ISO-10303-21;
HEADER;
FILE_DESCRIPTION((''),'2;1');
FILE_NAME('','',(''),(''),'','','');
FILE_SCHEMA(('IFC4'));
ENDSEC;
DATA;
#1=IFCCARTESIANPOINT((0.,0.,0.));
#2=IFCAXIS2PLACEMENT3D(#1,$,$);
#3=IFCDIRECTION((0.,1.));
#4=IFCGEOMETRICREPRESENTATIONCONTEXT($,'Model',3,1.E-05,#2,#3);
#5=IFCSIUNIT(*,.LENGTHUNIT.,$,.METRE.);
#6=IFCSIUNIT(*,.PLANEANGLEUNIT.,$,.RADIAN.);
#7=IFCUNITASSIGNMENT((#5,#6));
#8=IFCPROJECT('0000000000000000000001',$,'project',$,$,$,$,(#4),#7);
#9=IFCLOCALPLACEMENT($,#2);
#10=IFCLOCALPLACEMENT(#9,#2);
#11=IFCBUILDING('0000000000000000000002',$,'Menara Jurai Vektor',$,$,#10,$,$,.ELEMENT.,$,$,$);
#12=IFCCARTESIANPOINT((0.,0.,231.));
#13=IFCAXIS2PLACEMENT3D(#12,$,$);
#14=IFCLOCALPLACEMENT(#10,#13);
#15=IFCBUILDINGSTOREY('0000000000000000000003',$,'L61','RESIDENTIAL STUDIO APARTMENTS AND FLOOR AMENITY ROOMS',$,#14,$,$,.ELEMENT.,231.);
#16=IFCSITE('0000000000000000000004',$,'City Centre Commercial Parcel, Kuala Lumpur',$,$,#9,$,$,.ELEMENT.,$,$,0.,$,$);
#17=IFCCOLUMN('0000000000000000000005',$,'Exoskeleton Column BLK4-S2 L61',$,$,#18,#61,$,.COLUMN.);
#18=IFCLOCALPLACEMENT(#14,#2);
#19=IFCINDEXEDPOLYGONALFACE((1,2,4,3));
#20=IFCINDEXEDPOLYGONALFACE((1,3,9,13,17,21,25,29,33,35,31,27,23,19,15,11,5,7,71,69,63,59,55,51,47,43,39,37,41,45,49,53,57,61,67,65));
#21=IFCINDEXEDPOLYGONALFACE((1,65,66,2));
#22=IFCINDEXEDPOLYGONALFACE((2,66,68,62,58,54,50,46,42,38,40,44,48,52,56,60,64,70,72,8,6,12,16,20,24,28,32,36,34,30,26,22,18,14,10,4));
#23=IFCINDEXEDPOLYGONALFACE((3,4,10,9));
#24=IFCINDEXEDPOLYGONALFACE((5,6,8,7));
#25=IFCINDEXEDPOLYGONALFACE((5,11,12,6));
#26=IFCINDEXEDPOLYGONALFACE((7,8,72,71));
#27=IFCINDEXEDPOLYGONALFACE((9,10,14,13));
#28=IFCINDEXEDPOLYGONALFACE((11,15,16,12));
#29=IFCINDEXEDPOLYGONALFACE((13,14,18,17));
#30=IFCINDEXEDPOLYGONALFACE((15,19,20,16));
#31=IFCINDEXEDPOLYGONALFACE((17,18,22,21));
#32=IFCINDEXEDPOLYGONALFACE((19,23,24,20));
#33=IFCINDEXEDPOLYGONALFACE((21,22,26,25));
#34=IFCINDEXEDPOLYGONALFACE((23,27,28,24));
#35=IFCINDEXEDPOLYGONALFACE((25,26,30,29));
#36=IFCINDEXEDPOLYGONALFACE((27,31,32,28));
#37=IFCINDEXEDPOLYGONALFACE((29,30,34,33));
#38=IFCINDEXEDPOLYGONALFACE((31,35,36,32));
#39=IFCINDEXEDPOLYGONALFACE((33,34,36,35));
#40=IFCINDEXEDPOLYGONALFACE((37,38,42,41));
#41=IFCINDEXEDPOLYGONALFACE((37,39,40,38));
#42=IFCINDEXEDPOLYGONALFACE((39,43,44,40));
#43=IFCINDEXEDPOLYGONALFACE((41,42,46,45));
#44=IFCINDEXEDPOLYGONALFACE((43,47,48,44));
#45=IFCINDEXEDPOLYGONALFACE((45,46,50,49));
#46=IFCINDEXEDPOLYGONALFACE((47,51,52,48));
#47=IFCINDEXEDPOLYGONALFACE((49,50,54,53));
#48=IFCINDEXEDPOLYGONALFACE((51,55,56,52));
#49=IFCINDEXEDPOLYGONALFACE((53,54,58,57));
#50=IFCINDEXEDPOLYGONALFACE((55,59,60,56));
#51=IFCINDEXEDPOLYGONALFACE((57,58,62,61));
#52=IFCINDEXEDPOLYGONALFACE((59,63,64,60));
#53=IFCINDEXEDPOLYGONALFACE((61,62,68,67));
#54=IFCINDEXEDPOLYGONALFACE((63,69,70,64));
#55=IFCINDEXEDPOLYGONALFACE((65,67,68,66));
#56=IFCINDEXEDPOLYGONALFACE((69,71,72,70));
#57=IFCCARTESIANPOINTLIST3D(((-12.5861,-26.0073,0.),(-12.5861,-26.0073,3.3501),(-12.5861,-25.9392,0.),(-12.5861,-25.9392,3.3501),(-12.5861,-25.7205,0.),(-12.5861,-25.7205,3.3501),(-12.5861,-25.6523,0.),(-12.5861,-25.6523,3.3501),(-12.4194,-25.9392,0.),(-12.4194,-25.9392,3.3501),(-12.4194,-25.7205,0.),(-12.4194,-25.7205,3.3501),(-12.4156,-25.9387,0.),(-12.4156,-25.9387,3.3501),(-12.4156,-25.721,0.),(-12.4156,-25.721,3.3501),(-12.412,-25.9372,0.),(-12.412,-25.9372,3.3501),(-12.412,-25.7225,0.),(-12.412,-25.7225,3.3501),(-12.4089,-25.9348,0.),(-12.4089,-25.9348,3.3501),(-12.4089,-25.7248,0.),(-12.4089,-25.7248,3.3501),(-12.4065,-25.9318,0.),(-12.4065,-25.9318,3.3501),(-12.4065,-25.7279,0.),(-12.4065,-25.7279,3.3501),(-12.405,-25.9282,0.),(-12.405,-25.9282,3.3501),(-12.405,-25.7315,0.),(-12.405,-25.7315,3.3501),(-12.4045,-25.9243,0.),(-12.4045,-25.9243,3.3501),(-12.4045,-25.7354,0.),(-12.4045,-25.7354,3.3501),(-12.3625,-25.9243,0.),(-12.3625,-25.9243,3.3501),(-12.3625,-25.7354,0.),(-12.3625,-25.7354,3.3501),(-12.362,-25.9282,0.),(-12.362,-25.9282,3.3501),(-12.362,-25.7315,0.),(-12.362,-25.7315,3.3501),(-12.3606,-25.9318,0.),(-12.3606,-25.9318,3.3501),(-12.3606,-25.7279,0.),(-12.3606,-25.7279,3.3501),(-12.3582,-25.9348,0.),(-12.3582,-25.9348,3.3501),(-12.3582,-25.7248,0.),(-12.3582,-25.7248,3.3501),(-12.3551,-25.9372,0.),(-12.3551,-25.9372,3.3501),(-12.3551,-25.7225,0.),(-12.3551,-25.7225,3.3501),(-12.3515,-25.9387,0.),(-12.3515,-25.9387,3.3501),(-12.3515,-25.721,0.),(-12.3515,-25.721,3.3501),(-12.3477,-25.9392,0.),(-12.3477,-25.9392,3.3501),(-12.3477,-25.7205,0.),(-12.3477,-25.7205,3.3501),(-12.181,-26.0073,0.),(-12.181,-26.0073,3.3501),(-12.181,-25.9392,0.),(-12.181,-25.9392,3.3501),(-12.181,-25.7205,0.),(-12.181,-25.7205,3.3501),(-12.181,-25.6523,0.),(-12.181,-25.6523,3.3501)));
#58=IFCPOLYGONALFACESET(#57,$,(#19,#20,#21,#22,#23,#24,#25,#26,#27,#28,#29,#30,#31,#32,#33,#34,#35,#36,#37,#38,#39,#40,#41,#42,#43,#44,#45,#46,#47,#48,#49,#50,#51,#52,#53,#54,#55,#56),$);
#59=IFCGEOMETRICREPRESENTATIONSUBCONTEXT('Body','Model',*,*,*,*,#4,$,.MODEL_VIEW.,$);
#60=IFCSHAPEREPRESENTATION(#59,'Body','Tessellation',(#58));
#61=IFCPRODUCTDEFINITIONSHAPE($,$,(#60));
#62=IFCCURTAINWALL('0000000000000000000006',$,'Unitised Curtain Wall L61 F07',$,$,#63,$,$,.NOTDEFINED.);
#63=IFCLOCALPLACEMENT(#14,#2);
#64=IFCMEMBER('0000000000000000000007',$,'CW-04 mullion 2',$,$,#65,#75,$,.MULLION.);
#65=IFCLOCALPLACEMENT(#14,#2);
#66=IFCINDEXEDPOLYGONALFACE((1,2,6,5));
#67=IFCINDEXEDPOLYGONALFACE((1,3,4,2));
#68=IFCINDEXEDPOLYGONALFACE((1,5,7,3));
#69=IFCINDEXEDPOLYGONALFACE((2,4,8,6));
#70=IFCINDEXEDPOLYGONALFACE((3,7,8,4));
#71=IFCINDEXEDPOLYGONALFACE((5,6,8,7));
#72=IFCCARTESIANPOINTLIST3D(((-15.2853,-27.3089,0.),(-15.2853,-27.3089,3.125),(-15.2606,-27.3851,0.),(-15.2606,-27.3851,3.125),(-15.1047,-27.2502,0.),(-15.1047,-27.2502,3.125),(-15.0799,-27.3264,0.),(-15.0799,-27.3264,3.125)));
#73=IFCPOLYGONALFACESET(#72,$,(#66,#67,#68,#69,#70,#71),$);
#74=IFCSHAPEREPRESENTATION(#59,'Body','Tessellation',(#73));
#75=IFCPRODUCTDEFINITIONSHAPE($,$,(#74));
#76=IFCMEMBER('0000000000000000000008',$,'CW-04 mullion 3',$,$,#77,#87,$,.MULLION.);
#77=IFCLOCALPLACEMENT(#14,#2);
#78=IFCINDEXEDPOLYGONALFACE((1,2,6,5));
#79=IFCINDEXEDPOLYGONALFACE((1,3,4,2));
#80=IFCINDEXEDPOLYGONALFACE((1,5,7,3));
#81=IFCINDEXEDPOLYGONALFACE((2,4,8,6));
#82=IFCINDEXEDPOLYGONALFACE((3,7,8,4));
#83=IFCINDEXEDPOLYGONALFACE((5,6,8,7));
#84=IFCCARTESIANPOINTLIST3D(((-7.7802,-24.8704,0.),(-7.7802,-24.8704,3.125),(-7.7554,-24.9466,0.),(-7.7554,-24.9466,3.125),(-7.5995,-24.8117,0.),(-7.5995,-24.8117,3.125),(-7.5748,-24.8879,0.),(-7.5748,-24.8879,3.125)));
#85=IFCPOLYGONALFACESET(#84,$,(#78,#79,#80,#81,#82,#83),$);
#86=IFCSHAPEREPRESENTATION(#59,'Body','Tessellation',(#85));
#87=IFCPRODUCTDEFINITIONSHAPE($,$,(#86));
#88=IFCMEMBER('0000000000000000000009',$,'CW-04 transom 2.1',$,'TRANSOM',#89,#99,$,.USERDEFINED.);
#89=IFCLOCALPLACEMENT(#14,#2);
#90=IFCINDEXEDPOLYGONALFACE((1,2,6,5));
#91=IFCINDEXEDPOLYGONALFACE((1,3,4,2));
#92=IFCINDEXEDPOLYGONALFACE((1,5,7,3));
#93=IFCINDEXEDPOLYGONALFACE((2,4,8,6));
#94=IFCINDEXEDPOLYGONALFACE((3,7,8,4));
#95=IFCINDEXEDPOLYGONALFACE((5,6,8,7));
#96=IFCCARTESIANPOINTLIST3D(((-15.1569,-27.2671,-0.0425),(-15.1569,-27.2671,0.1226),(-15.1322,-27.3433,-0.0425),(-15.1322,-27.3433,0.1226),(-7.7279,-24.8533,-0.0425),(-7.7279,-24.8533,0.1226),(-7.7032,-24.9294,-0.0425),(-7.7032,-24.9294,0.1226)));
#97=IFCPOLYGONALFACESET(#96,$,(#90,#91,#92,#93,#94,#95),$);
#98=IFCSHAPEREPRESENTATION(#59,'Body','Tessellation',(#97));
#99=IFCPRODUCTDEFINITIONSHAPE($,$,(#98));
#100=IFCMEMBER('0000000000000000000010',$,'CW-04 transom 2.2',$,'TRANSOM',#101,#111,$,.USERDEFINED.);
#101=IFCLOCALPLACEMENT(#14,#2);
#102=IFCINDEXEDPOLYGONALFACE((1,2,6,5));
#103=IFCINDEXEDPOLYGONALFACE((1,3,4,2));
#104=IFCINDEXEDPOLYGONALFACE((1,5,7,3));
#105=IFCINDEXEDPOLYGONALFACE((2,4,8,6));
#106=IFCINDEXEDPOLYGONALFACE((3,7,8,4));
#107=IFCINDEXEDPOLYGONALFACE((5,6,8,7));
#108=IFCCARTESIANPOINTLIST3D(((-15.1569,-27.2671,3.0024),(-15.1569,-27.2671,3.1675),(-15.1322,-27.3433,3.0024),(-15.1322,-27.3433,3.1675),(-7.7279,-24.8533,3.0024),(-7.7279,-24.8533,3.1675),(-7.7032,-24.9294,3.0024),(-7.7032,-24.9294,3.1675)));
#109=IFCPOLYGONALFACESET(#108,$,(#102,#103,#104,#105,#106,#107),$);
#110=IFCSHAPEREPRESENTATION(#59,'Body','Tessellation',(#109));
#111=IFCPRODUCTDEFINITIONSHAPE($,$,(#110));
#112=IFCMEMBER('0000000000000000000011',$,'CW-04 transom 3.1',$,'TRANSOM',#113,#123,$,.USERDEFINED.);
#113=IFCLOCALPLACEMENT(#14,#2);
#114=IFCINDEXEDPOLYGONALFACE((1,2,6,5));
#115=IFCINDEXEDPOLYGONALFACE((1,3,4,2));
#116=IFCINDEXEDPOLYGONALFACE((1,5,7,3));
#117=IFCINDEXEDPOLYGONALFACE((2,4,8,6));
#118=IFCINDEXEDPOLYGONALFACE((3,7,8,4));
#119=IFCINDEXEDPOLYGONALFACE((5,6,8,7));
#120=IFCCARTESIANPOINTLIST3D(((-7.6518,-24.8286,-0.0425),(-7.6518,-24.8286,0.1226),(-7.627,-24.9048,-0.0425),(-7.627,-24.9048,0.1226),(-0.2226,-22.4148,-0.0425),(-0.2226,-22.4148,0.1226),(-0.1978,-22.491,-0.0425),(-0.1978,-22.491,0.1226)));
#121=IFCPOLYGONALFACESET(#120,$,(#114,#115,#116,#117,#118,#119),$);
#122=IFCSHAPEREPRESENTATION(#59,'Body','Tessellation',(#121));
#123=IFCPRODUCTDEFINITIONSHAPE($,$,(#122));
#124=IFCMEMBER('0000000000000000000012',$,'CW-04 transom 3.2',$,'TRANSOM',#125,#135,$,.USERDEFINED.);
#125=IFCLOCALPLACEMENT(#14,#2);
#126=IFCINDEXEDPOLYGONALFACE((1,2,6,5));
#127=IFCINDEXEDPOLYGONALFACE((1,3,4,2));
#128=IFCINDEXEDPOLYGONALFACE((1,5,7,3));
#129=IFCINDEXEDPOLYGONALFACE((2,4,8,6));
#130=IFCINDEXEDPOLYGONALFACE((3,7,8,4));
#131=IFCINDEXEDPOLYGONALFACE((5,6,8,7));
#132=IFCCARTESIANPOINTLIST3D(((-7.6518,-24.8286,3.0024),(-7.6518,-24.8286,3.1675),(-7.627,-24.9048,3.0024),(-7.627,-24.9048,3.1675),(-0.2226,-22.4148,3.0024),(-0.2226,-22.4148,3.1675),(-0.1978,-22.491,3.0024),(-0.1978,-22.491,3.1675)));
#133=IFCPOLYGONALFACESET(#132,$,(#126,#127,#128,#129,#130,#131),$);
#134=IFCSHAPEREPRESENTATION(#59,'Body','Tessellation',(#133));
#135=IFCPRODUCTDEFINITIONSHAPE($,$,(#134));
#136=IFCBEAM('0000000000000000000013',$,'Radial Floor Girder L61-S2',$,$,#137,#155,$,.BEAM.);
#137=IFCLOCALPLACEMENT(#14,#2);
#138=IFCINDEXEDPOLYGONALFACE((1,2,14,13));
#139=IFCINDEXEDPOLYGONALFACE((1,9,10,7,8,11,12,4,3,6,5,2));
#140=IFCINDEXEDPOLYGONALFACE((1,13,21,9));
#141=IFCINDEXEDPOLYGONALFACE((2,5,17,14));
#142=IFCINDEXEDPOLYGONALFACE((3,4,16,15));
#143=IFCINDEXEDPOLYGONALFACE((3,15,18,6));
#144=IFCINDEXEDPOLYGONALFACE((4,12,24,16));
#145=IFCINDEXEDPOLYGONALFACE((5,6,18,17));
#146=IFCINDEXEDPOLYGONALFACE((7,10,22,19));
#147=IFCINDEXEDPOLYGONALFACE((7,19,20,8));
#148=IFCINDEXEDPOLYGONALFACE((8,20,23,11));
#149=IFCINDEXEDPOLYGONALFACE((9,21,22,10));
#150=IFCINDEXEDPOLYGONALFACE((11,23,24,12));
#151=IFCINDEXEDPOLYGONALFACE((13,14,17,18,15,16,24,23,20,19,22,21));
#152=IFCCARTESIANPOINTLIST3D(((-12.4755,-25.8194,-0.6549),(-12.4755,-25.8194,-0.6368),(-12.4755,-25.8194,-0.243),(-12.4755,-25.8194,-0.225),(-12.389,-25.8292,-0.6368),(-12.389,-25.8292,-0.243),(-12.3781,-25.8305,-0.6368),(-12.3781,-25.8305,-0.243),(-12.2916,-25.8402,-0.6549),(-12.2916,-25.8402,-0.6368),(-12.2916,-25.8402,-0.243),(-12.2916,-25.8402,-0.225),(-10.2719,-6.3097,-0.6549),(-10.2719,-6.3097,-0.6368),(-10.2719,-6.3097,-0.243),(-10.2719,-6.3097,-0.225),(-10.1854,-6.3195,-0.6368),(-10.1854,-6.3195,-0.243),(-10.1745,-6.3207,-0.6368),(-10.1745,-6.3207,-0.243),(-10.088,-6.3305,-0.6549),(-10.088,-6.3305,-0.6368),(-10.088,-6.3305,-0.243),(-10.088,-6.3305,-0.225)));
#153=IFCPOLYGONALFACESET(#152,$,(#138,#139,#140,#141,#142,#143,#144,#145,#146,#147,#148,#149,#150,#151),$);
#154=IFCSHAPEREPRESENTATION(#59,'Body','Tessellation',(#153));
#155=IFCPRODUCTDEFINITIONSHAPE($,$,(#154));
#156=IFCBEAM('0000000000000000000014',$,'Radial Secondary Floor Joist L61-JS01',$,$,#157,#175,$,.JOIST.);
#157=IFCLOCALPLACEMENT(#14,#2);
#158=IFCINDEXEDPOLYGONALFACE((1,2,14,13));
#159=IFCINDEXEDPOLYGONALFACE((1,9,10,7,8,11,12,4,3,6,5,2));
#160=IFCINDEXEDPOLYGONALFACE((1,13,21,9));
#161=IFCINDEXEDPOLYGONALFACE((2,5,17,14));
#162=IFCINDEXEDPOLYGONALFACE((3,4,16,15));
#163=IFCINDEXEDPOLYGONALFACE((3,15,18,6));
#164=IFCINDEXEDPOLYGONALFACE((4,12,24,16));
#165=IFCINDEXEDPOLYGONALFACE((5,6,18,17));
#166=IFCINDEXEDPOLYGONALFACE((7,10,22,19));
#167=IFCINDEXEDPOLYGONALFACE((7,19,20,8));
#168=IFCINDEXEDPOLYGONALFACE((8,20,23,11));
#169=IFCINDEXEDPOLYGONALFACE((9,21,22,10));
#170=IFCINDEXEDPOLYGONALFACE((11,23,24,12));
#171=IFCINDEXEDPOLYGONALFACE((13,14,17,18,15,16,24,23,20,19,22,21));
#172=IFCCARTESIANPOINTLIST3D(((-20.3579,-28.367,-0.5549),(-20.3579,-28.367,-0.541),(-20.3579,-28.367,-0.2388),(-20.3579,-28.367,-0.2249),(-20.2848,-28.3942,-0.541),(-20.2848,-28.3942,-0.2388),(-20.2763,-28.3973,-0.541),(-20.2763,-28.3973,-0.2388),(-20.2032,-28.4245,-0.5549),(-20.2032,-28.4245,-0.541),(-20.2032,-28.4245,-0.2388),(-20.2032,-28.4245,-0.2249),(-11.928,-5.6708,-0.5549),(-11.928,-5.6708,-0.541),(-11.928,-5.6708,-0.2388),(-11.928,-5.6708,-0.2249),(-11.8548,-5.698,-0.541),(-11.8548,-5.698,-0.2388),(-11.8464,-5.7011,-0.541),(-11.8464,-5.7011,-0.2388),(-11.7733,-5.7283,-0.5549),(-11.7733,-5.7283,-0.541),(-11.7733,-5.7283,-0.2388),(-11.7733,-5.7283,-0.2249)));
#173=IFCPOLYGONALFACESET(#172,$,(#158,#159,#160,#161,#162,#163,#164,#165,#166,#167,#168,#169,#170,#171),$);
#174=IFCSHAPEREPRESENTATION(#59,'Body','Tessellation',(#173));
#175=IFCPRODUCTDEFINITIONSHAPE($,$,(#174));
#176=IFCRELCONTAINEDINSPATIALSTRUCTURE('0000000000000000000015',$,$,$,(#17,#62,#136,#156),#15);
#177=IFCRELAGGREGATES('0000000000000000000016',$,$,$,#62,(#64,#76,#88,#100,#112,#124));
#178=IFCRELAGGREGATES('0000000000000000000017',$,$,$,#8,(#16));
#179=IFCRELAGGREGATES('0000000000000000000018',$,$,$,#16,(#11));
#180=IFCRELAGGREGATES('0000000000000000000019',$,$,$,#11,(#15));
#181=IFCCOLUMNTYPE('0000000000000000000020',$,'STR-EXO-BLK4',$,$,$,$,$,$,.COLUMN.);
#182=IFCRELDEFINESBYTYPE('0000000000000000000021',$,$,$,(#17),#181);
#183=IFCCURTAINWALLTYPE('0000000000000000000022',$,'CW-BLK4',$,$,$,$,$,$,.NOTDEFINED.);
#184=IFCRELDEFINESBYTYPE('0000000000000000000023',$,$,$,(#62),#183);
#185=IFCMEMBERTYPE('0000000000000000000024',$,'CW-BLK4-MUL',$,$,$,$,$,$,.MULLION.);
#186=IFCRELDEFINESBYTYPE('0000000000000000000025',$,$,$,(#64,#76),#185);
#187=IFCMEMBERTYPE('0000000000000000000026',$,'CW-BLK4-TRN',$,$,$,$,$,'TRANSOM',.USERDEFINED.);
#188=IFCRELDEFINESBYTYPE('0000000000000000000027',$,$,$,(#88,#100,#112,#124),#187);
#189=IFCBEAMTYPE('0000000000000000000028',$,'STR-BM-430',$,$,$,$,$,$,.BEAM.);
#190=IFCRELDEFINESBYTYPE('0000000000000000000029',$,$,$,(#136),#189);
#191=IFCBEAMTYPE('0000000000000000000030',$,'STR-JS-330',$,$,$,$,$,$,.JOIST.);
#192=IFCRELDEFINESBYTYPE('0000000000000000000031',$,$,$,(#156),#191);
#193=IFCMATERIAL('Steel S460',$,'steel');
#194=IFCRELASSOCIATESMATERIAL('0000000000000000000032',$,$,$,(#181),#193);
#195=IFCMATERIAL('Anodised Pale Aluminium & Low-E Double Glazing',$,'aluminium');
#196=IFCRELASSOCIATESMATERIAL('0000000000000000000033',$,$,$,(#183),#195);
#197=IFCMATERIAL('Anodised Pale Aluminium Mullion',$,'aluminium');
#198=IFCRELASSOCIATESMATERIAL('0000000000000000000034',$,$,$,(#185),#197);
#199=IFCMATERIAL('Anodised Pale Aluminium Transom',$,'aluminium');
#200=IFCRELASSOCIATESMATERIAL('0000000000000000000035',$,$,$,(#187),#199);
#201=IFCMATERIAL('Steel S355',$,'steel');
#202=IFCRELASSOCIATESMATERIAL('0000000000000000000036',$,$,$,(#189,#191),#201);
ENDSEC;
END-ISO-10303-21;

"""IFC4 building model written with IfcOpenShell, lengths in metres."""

from ifc_helpers import new_model, si_unit, direction, frame, origin, origin_2d, place, context, subcontext, project, spatial, rectangle, i_section, extrude, material, material_profile, profile_set, type_object, element, aggregate, save


model = new_model("IFC4")

# Units and contexts
model_context = context("Model", 3, precision=1e-05, world=origin(), true_north=direction((0.0, 1.0)))
body_context = subcontext(model_context, "Body", "Model", "MODEL_VIEW")
ifc_project = project(units=[si_unit("LENGTHUNIT", "METRE"), si_unit("PLANEANGLEUNIT", "RADIAN")], contexts=[model_context])

# Site, building, storey
site_placement = place(None, origin())
site = spatial("IfcSite", under=ifc_project, at=site_placement, Name="City Centre Commercial Parcel, Kuala Lumpur", CompositionType="ELEMENT", RefElevation=0.0)
building_placement = place(site_placement, origin())
building = spatial("IfcBuilding", under=site, at=building_placement, Name="Menara Jurai Vektor", CompositionType="ELEMENT")
storey_placement = place(building_placement, frame((0.0, 0.0, 231.0)))
storey = spatial("IfcBuildingStorey", under=building, at=storey_placement, Name="L61", Description="RESIDENTIAL STUDIO APARTMENTS AND FLOOR AMENITY ROOMS", CompositionType="ELEMENT", Elevation=231.0)

# Column
ifc_material_1 = material(Name="Steel S460", Category="steel")
ifc_material_profile_1 = material_profile(ifc_material_1, i_section(OverallWidth=0.405, OverallDepth=0.355, WebThickness=0.042, FlangeThickness=0.0681, FilletRadius=0.0149, at=origin_2d()), Name="HD 400x551")
ifc_profile_set_1 = profile_set([ifc_material_profile_1], Name="Steel S460")
column_type = type_object("IfcColumnType", Name="STR-EXO-BLK4", PredefinedType="COLUMN", material=ifc_profile_set_1)
column_placement = place(storey_placement, frame((-12.3835, -25.8298, 0.0), z_axis=(0.0, 0.0, 1.0), x_axis=(1.0, 0.0, 0.0)))
element("IfcColumn", 1, at=column_placement, inside=storey, type_object=column_type, Name="Exoskeleton Column BLK4-S2 L61", PredefinedType="COLUMN", context=body_context, shape_type="SweptSolid", body=[
    extrude(i_section(OverallWidth=0.405, OverallDepth=0.355, WebThickness=0.042, FlangeThickness=0.0681, FilletRadius=0.0149, at=origin_2d()), origin(), (0.0, 0.0, 1.0), 3.3501),
])

# Curtain wall, members
ifc_material_2 = material(Name="Anodised Pale Aluminium & Low-E Double Glazing", Category="aluminium")
curtain_wall_type = type_object("IfcCurtainWallType", Name="CW-BLK4", PredefinedType="NOTDEFINED", material=ifc_material_2)
curtain_wall_placement = place(storey_placement, origin())
curtain_wall = element("IfcCurtainWall", 2, at=curtain_wall_placement, inside=storey, type_object=curtain_wall_type, Name="Unitised Curtain Wall L61 F07", PredefinedType="NOTDEFINED")
ifc_material_3 = material(Name="Anodised Pale Aluminium Mullion", Category="aluminium")
ifc_material_profile_2 = material_profile(ifc_material_3, rectangle(XDim=0.0801, YDim=0.1899, at=origin_2d()), Name="ALU MUL 80x190")
ifc_profile_set_2 = profile_set([ifc_material_profile_2], Name="Anodised Pale Aluminium Mullion")
member_type_1 = type_object("IfcMemberType", Name="CW-BLK4-MUL", PredefinedType="MULLION", material=ifc_profile_set_2)
member_1_placement = place(storey_placement, frame((-15.1826, -27.3176, 0.0), z_axis=(0.0, 0.0, 1.0), x_axis=(-0.309017, 0.951056, 0.0)))
member_1 = element("IfcMember", 3, at=member_1_placement, type_object=member_type_1, Name="CW-04 mullion 2", PredefinedType="MULLION", context=body_context, shape_type="SweptSolid", body=[
    extrude(rectangle(XDim=0.0801, YDim=0.1899, at=origin_2d()), origin(), (0.0, 0.0, 1.0), 3.125),
])
member_2_placement = place(storey_placement, frame((-7.6775, -24.8792, 0.0), z_axis=(0.0, 0.0, 1.0), x_axis=(-0.309017, 0.951056, 0.0)))
member_2 = element("IfcMember", 4, at=member_2_placement, type_object=member_type_1, Name="CW-04 mullion 3", PredefinedType="MULLION", context=body_context, shape_type="SweptSolid", body=[
    extrude(rectangle(XDim=0.0801, YDim=0.1899, at=origin_2d()), origin(), (0.0, 0.0, 1.0), 3.125),
])
ifc_material_4 = material(Name="Anodised Pale Aluminium Transom", Category="aluminium")
ifc_material_profile_3 = material_profile(ifc_material_4, rectangle(XDim=0.0801, YDim=0.165, at=origin_2d()), Name="ALU TRN 80x165")
ifc_profile_set_3 = profile_set([ifc_material_profile_3], Name="Anodised Pale Aluminium Transom")
member_type_2 = type_object("IfcMemberType", Name="CW-BLK4-TRN", ElementType="TRANSOM", PredefinedType="USERDEFINED", material=ifc_profile_set_3)
member_3_placement = place(storey_placement, frame((-15.1445, -27.3052, 0.04), z_axis=(0.951056, 0.309018, 0.0), x_axis=(-0.309018, 0.951056, 0.0)))
member_3 = element("IfcMember", 5, at=member_3_placement, type_object=member_type_2, Name="CW-04 transom 2.1", ObjectType="TRANSOM", PredefinedType="USERDEFINED", context=body_context, shape_type="SweptSolid", body=[
    extrude(rectangle(XDim=0.0801, YDim=0.165, at=origin_2d()), origin(), (0.0, 0.0, 1.0), 7.8113),
])
member_4_placement = place(storey_placement, frame((-15.1445, -27.3052, 3.085), z_axis=(0.951056, 0.309018, 0.0), x_axis=(-0.309018, 0.951056, 0.0)))
member_4 = element("IfcMember", 6, at=member_4_placement, type_object=member_type_2, Name="CW-04 transom 2.2", ObjectType="TRANSOM", PredefinedType="USERDEFINED", context=body_context, shape_type="SweptSolid", body=[
    extrude(rectangle(XDim=0.0801, YDim=0.165, at=origin_2d()), origin(), (0.0, 0.0, 1.0), 7.8113),
])
member_5_placement = place(storey_placement, frame((-7.6394, -24.8667, 0.04), z_axis=(0.951059, 0.309008, 0.0), x_axis=(-0.309008, 0.951059, 0.0)))
member_5 = element("IfcMember", 7, at=member_5_placement, type_object=member_type_2, Name="CW-04 transom 3.1", ObjectType="TRANSOM", PredefinedType="USERDEFINED", context=body_context, shape_type="SweptSolid", body=[
    extrude(rectangle(XDim=0.0801, YDim=0.165, at=origin_2d()), origin(), (0.0, 0.0, 1.0), 7.8115),
])
member_6_placement = place(storey_placement, frame((-7.6394, -24.8667, 3.085), z_axis=(0.951059, 0.309008, 0.0), x_axis=(-0.309008, 0.951059, 0.0)))
member_6 = element("IfcMember", 8, at=member_6_placement, type_object=member_type_2, Name="CW-04 transom 3.2", ObjectType="TRANSOM", PredefinedType="USERDEFINED", context=body_context, shape_type="SweptSolid", body=[
    extrude(rectangle(XDim=0.0801, YDim=0.165, at=origin_2d()), origin(), (0.0, 0.0, 1.0), 7.8115),
])

# Beams
ifc_material_5 = material(Name="Steel S355", Category="steel")
ifc_material_profile_4 = material_profile(ifc_material_5, i_section(OverallWidth=0.1851, OverallDepth=0.4299, WebThickness=0.011, FlangeThickness=0.0181, at=origin_2d()), Name="PG 430x185x76")
ifc_profile_set_4 = profile_set([ifc_material_profile_4], Name="Steel S355")
beam_type_1 = type_object("IfcBeamType", Name="STR-BM-430", PredefinedType="BEAM", material=ifc_profile_set_4)
beam_1_placement = place(storey_placement, frame((-12.3835, -25.8298, -0.4399), z_axis=(0.112236, 0.993682, 0.0), x_axis=(-0.993682, 0.112236, 0.0)))
element("IfcBeam", 9, at=beam_1_placement, inside=storey, type_object=beam_type_1, Name="Radial Floor Girder L61-S2", PredefinedType="BEAM", context=body_context, shape_type="SweptSolid", body=[
    extrude(i_section(OverallWidth=0.1851, OverallDepth=0.4299, WebThickness=0.011, FlangeThickness=0.0181, at=origin_2d()), origin(), (0.0, 0.0, 1.0), 19.6338),
])
ifc_material_profile_5 = material_profile(ifc_material_5, i_section(OverallWidth=0.165, OverallDepth=0.3301, WebThickness=0.009, FlangeThickness=0.0139, at=origin_2d()), Name="PG 330x165x46")
ifc_profile_set_5 = profile_set([ifc_material_profile_5], Name="Steel S355")
beam_type_2 = type_object("IfcBeamType", Name="STR-JS-330", PredefinedType="JOIST", material=ifc_profile_set_5)
beam_2_placement = place(storey_placement, frame((-20.2805, -28.3958, -0.3899), z_axis=(0.348182, 0.937427, 0.0), x_axis=(-0.937427, 0.348182, 0.0)))
element("IfcBeam", 10, at=beam_2_placement, inside=storey, type_object=beam_type_2, Name="Radial Secondary Floor Joist L61-JS01", PredefinedType="JOIST", context=body_context, shape_type="SweptSolid", body=[
    extrude(i_section(OverallWidth=0.165, OverallDepth=0.3301, WebThickness=0.009, FlangeThickness=0.0139, at=origin_2d()), origin(), (0.0, 0.0, 1.0), 24.2112),
])

aggregate(curtain_wall, [member_1, member_2, member_3, member_4, member_5, member_6])

save(model, "model.ifc")
